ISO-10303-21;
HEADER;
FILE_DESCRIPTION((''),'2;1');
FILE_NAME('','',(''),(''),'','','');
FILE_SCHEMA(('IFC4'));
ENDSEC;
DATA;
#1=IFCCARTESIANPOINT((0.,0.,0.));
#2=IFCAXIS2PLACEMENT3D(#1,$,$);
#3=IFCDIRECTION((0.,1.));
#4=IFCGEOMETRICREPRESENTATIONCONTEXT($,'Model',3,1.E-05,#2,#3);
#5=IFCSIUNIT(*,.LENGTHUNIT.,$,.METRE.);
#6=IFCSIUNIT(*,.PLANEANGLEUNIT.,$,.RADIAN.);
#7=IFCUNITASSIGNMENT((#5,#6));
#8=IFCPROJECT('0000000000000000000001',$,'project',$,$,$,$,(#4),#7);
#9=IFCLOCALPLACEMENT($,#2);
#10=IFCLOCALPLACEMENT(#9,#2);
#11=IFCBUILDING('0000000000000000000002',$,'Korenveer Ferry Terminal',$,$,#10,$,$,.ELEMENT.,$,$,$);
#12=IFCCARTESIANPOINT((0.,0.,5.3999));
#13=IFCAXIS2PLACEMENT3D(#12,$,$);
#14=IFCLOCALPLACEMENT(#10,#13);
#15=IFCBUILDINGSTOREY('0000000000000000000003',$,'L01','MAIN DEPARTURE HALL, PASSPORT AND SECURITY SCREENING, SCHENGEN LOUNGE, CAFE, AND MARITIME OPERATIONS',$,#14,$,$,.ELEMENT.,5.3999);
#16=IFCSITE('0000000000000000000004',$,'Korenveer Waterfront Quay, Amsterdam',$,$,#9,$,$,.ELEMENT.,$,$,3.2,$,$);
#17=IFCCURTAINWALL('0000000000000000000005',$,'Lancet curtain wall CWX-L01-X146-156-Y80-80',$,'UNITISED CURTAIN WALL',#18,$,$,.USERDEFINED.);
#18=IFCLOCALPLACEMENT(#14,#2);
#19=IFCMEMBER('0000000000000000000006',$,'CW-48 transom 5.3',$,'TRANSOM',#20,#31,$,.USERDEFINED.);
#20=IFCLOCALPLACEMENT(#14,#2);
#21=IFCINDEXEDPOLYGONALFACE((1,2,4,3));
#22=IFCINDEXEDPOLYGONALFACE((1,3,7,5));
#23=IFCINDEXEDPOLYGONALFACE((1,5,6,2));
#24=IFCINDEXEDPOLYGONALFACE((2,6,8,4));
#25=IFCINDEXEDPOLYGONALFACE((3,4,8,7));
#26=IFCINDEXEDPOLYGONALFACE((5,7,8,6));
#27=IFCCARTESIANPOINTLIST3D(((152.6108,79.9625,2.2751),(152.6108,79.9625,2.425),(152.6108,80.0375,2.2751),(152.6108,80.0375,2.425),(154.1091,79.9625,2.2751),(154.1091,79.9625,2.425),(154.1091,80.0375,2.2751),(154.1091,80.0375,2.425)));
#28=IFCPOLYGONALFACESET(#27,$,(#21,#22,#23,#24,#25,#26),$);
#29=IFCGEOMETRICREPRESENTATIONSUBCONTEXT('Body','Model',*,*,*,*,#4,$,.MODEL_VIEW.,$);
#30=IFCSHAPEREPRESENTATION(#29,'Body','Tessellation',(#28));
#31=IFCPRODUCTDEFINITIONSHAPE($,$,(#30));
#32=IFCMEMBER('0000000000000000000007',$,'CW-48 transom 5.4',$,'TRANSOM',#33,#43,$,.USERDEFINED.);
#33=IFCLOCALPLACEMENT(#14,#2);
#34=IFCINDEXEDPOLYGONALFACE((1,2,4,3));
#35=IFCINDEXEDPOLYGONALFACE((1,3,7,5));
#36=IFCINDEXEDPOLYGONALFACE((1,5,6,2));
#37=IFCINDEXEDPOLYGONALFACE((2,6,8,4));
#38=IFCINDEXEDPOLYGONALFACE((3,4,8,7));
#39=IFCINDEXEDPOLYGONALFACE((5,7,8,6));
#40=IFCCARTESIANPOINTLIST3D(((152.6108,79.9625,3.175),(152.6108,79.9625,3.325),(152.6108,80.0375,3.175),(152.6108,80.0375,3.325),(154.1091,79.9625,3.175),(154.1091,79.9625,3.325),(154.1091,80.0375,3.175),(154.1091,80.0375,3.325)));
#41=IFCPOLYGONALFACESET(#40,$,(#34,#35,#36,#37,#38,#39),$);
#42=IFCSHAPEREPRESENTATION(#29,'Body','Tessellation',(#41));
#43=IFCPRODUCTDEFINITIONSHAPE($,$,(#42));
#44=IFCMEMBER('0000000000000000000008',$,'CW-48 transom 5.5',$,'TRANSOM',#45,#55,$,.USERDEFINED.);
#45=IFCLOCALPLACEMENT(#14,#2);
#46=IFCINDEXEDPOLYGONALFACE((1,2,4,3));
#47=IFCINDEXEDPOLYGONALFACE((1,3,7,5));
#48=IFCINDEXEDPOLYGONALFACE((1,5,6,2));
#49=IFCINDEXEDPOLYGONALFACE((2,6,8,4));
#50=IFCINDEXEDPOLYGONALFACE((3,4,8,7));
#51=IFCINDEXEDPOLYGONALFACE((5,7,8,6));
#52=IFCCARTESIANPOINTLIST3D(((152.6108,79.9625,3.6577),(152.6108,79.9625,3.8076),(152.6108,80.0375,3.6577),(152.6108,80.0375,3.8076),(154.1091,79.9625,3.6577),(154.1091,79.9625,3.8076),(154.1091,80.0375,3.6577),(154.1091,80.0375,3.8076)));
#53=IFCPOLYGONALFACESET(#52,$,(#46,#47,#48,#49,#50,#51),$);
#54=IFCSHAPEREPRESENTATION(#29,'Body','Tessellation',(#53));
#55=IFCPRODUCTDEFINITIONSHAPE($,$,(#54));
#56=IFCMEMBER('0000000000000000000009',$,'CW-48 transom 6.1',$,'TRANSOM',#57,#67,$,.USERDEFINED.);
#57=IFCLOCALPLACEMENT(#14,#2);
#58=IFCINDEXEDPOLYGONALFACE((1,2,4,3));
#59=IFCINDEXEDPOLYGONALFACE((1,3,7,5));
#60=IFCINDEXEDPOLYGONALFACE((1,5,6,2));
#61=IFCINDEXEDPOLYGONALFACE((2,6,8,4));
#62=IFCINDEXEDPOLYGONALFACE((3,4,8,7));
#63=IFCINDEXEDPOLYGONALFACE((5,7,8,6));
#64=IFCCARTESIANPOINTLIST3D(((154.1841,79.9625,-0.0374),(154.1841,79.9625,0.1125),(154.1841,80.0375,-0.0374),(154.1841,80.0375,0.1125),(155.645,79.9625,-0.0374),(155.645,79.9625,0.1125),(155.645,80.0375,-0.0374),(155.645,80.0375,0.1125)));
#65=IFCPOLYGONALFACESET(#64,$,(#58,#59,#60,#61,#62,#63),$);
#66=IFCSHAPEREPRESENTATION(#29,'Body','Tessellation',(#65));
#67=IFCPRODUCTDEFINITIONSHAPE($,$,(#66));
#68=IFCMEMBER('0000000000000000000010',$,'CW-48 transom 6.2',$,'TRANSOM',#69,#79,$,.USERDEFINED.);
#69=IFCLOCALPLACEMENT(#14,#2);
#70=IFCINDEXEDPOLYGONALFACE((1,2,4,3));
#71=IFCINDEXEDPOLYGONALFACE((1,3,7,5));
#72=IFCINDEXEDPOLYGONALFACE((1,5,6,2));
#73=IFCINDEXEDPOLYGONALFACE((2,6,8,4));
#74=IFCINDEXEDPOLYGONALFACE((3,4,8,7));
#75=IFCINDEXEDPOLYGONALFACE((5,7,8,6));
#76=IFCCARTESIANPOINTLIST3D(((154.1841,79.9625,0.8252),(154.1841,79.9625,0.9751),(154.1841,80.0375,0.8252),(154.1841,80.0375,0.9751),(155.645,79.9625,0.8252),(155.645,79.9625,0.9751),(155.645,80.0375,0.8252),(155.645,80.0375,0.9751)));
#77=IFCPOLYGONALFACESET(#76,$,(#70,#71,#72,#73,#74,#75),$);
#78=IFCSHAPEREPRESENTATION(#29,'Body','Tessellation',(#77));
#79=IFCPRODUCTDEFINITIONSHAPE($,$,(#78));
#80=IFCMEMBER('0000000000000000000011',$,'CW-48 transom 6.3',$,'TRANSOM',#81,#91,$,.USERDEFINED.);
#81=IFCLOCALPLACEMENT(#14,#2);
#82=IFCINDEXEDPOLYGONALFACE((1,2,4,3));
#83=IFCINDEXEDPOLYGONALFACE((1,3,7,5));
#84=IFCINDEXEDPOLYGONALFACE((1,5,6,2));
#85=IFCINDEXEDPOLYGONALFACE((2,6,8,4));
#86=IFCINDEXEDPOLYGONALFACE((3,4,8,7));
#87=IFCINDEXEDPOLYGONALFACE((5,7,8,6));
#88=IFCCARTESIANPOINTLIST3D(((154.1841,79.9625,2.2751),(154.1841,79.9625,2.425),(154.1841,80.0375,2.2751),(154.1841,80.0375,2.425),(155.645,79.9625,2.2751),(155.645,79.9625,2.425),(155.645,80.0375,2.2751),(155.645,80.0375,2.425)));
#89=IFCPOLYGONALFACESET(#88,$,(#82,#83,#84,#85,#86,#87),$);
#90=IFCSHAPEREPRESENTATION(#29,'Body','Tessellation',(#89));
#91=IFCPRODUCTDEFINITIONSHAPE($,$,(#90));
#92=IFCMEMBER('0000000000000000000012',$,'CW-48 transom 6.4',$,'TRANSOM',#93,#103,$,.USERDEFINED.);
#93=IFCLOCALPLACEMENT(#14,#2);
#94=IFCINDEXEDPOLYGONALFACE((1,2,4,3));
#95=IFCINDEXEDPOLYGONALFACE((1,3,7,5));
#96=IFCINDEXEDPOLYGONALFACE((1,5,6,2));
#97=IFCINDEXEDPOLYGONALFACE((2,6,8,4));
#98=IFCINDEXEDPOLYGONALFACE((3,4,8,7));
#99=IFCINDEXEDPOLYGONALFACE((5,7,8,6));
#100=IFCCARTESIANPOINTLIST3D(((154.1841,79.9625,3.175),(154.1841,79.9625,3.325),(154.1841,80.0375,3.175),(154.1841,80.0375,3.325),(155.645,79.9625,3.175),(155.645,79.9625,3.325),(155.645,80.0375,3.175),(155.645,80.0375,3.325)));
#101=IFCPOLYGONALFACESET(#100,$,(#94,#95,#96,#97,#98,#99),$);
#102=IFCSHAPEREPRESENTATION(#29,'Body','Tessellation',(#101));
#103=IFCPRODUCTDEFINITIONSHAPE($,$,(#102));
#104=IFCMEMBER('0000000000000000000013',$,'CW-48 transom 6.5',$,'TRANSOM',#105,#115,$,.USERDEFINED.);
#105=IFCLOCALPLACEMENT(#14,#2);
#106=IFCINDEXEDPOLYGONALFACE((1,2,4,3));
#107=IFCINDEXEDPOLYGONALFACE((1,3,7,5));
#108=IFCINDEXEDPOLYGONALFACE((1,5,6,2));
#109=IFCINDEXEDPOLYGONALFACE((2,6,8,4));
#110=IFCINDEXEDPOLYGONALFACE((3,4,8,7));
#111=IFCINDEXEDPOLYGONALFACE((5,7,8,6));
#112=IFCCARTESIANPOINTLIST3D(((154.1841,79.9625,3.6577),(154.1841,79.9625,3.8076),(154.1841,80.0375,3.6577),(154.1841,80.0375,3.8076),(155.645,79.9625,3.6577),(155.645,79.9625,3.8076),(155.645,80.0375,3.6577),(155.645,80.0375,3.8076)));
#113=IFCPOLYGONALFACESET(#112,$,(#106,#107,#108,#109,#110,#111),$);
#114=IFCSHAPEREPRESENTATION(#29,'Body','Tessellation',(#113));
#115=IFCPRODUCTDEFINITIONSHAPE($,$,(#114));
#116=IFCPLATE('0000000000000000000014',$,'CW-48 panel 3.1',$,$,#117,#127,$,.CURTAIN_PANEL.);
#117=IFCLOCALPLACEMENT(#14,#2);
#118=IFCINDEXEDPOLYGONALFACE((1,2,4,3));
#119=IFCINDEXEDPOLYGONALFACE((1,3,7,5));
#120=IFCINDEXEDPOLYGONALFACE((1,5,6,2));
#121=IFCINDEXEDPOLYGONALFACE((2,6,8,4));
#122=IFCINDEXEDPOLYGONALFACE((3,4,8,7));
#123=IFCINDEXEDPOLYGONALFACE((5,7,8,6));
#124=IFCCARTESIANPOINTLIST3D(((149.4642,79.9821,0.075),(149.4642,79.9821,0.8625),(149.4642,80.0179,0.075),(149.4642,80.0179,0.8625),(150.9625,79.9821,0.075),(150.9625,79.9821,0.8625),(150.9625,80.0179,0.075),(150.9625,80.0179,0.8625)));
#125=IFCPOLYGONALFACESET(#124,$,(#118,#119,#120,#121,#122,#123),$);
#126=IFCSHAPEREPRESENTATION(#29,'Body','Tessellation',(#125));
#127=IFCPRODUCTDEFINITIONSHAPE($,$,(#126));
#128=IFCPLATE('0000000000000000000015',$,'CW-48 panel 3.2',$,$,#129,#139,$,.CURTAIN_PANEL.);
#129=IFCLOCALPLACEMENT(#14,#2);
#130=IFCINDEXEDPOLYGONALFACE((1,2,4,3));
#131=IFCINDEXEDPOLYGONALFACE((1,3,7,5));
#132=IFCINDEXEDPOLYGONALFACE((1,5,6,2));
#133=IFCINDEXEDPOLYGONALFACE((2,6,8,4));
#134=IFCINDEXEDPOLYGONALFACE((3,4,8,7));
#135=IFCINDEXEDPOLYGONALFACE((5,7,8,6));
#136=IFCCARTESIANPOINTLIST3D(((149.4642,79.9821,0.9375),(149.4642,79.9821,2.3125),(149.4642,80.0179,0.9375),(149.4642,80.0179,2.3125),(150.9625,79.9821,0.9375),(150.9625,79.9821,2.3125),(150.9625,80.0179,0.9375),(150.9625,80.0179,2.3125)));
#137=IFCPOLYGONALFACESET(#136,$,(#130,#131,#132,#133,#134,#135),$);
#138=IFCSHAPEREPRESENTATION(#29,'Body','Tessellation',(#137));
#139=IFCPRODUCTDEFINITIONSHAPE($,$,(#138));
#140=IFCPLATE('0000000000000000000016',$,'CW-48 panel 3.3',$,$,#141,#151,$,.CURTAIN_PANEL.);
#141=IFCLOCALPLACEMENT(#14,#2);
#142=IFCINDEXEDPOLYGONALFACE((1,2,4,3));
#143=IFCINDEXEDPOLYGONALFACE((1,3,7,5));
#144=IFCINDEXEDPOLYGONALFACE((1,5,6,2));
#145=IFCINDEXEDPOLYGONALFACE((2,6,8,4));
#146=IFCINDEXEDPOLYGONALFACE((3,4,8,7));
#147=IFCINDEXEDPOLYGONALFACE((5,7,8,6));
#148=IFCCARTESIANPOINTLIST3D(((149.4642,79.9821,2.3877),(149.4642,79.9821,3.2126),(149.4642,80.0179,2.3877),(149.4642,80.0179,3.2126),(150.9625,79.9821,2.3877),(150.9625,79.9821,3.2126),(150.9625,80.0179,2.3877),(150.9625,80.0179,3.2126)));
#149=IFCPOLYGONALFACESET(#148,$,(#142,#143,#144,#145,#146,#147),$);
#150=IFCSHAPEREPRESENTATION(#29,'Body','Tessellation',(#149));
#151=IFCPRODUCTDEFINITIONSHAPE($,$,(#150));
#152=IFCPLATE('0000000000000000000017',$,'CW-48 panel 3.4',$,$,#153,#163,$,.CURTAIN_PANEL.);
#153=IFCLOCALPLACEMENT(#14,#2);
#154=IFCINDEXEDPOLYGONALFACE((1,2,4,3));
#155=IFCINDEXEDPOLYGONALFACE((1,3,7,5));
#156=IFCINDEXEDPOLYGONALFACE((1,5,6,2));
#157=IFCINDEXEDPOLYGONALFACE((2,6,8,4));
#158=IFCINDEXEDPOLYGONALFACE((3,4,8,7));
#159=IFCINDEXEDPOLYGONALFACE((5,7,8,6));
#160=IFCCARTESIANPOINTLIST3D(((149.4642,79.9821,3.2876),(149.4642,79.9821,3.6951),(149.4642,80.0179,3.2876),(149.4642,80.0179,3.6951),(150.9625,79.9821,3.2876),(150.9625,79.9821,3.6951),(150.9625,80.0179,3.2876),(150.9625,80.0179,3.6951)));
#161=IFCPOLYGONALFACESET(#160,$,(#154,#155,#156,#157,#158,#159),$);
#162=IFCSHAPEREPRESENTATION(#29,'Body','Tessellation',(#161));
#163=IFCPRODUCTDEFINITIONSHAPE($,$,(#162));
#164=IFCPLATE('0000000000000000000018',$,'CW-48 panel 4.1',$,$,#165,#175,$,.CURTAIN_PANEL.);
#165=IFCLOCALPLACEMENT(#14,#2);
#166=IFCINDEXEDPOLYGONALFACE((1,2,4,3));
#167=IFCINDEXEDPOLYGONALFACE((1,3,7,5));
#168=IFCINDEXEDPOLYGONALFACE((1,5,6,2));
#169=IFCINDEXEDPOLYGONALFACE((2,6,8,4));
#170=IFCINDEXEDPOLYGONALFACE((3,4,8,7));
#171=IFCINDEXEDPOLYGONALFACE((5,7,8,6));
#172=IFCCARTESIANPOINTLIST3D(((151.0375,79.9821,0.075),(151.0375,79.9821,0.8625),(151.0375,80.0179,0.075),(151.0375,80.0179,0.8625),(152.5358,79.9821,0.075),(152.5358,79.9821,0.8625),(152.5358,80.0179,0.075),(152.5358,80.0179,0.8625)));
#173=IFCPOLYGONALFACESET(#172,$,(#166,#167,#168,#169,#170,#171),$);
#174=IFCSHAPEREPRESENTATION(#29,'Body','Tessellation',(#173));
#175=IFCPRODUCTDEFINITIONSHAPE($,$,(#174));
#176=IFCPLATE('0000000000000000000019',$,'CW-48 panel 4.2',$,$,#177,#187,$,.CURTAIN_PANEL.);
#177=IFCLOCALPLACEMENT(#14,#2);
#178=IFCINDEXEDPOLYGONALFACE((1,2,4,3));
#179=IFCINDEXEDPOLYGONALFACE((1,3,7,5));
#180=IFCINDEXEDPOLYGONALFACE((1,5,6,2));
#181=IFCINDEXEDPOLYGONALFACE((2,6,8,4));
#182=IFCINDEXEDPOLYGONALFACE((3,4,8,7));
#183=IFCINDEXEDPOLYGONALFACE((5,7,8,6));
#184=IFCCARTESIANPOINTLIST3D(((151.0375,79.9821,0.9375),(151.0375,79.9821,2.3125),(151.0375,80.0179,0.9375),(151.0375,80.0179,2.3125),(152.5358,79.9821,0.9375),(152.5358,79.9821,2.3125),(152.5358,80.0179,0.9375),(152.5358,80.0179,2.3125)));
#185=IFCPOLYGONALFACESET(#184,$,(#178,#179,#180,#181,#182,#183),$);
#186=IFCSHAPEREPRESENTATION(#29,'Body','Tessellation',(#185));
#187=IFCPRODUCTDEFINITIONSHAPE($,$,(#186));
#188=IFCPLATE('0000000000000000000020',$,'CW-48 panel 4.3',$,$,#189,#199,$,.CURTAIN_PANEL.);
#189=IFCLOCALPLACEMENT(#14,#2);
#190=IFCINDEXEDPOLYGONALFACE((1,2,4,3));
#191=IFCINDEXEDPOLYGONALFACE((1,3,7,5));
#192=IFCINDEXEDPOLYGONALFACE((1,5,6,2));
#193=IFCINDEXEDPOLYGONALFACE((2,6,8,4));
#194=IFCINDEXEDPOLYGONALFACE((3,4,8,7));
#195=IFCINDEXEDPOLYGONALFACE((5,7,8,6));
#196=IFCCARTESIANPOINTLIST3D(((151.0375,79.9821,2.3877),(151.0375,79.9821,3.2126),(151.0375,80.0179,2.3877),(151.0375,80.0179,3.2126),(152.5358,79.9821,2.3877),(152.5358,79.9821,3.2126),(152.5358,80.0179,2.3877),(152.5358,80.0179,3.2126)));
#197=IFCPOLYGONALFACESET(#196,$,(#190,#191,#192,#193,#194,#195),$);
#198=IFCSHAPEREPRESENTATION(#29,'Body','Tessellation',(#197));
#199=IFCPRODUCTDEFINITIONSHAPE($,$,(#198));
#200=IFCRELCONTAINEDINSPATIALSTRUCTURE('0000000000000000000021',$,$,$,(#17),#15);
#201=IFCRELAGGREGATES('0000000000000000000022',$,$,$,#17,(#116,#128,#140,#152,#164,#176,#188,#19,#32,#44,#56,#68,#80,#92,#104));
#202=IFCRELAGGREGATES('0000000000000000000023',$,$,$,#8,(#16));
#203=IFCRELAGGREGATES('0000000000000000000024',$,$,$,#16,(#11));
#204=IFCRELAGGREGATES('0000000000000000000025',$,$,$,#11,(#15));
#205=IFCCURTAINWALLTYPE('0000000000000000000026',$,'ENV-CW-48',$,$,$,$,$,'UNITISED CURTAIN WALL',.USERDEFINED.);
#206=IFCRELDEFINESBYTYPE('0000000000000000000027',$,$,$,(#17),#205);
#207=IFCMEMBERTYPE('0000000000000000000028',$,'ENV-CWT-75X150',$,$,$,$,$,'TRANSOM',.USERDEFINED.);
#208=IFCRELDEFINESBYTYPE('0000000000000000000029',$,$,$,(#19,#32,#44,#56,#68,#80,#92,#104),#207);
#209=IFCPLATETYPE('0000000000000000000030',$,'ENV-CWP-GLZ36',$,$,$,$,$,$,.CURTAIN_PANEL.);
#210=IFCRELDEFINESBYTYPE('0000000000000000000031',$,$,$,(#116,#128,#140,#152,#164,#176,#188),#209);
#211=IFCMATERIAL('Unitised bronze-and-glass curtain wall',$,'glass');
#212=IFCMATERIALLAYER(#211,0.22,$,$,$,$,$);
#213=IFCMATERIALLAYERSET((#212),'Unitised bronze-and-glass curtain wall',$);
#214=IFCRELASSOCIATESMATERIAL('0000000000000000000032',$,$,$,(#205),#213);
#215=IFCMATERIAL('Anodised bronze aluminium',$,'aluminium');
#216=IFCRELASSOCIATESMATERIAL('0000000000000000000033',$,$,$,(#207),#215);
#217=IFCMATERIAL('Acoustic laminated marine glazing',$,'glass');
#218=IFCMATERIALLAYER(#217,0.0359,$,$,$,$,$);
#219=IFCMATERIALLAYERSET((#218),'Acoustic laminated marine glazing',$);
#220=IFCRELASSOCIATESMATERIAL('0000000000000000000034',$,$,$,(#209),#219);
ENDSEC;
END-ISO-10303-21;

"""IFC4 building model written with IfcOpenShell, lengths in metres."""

from ifc_helpers import new_model, si_unit, direction, frame, origin, origin_2d, place, context, subcontext, project, spatial, rectangle, extrude, material, layer, layer_set, material_profile, profile_set, type_object, element, aggregate, save


model = new_model("IFC4")

# Units and contexts
model_context = context("Model", 3, precision=1e-05, world=origin(), true_north=direction((0.0, 1.0)))
body_context = subcontext(model_context, "Body", "Model", "MODEL_VIEW")
ifc_project = project(units=[si_unit("LENGTHUNIT", "METRE"), si_unit("PLANEANGLEUNIT", "RADIAN")], contexts=[model_context])

# Site, building, storey
site_placement = place(None, origin())
site = spatial("IfcSite", under=ifc_project, at=site_placement, Name="Korenveer Waterfront Quay, Amsterdam", CompositionType="ELEMENT", RefElevation=3.2)
building_placement = place(site_placement, origin())
building = spatial("IfcBuilding", under=site, at=building_placement, Name="Korenveer Ferry Terminal", CompositionType="ELEMENT")
storey_placement = place(building_placement, frame((0.0, 0.0, 5.3999)))
storey = spatial("IfcBuildingStorey", under=building, at=storey_placement, Name="L01", Description="MAIN DEPARTURE HALL, PASSPORT AND SECURITY SCREENING, SCHENGEN LOUNGE, CAFE, AND MARITIME OPERATIONS", CompositionType="ELEMENT", Elevation=5.3999)

# Curtain wall, members, plates
ifc_material_1 = material(Name="Unitised bronze-and-glass curtain wall", Category="glass")
ifc_layer_1 = layer(ifc_material_1, 0.22)
ifc_layer_set_1 = layer_set([ifc_layer_1], Name="Unitised bronze-and-glass curtain wall")
curtain_wall_type = type_object("IfcCurtainWallType", Name="ENV-CW-48", ElementType="UNITISED CURTAIN WALL", PredefinedType="USERDEFINED", material=ifc_layer_set_1)
curtain_wall_placement = place(storey_placement, frame((146.28, 80.0, 0.0)))
curtain_wall = element("IfcCurtainWall", 1, at=curtain_wall_placement, inside=storey, type_object=curtain_wall_type, Name="Lancet curtain wall CWX-L01-X146-156-Y80-80", ObjectType="UNITISED CURTAIN WALL", PredefinedType="USERDEFINED")
ifc_material_2 = material(Name="Anodised bronze aluminium", Category="aluminium")
ifc_material_profile_1 = material_profile(ifc_material_2, rectangle(XDim=0.075, YDim=0.1499, at=origin_2d()), Name="ALU 75x150")
ifc_profile_set_1 = profile_set([ifc_material_profile_1], Name="Anodised bronze aluminium")
member_type_1 = type_object("IfcMemberType", Name="ENV-CWT-75X150", ElementType="TRANSOM", PredefinedType="USERDEFINED", material=ifc_profile_set_1)
member_1_placement = place(storey_placement, frame((152.6108, 80.0, 2.3501), z_axis=(1.0, 0.0, 0.0), x_axis=(0.0, 1.0, 0.0)))
member_1 = element("IfcMember", 2, at=member_1_placement, type_object=member_type_1, Name="CW-48 transom 5.3", ObjectType="TRANSOM", PredefinedType="USERDEFINED", context=body_context, shape_type="SweptSolid", body=[
    extrude(rectangle(XDim=0.075, YDim=0.1499, at=origin_2d()), origin(), (0.0, 0.0, 1.0), 1.4983),
])
member_2_placement = place(storey_placement, frame((152.6108, 80.0, 3.25), z_axis=(1.0, 0.0, 0.0), x_axis=(0.0, 1.0, 0.0)))
member_2 = element("IfcMember", 3, at=member_2_placement, type_object=member_type_1, Name="CW-48 transom 5.4", ObjectType="TRANSOM", PredefinedType="USERDEFINED", context=body_context, shape_type="SweptSolid", body=[
    extrude(rectangle(XDim=0.075, YDim=0.1499, at=origin_2d()), origin(), (0.0, 0.0, 1.0), 1.4983),
])
member_3_placement = place(storey_placement, frame((152.6108, 80.0, 3.7327), z_axis=(1.0, 0.0, 0.0), x_axis=(0.0, 1.0, 0.0)))
member_3 = element("IfcMember", 4, at=member_3_placement, type_object=member_type_1, Name="CW-48 transom 5.5", ObjectType="TRANSOM", PredefinedType="USERDEFINED", context=body_context, shape_type="SweptSolid", body=[
    extrude(rectangle(XDim=0.075, YDim=0.1499, at=origin_2d()), origin(), (0.0, 0.0, 1.0), 1.4983),
])
member_4_placement = place(storey_placement, frame((154.1841, 80.0, 0.0376), z_axis=(1.0, 0.0, 0.0), x_axis=(0.0, 1.0, 0.0)))
member_4 = element("IfcMember", 5, at=member_4_placement, type_object=member_type_1, Name="CW-48 transom 6.1", ObjectType="TRANSOM", PredefinedType="USERDEFINED", context=body_context, shape_type="SweptSolid", body=[
    extrude(rectangle(XDim=0.075, YDim=0.1499, at=origin_2d()), origin(), (0.0, 0.0, 1.0), 1.4609),
])
member_5_placement = place(storey_placement, frame((154.1841, 80.0, 0.9001), z_axis=(1.0, 0.0, 0.0), x_axis=(0.0, 1.0, 0.0)))
member_5 = element("IfcMember", 6, at=member_5_placement, type_object=member_type_1, Name="CW-48 transom 6.2", ObjectType="TRANSOM", PredefinedType="USERDEFINED", context=body_context, shape_type="SweptSolid", body=[
    extrude(rectangle(XDim=0.075, YDim=0.1499, at=origin_2d()), origin(), (0.0, 0.0, 1.0), 1.4609),
])
member_6_placement = place(storey_placement, frame((154.1841, 80.0, 2.3501), z_axis=(1.0, 0.0, 0.0), x_axis=(0.0, 1.0, 0.0)))
member_6 = element("IfcMember", 7, at=member_6_placement, type_object=member_type_1, Name="CW-48 transom 6.3", ObjectType="TRANSOM", PredefinedType="USERDEFINED", context=body_context, shape_type="SweptSolid", body=[
    extrude(rectangle(XDim=0.075, YDim=0.1499, at=origin_2d()), origin(), (0.0, 0.0, 1.0), 1.4609),
])
member_7_placement = place(storey_placement, frame((154.1841, 80.0, 3.25), z_axis=(1.0, 0.0, 0.0), x_axis=(0.0, 1.0, 0.0)))
member_7 = element("IfcMember", 8, at=member_7_placement, type_object=member_type_1, Name="CW-48 transom 6.4", ObjectType="TRANSOM", PredefinedType="USERDEFINED", context=body_context, shape_type="SweptSolid", body=[
    extrude(rectangle(XDim=0.075, YDim=0.1499, at=origin_2d()), origin(), (0.0, 0.0, 1.0), 1.4609),
])
member_8_placement = place(storey_placement, frame((154.1841, 80.0, 3.7327), z_axis=(1.0, 0.0, 0.0), x_axis=(0.0, 1.0, 0.0)))
member_8 = element("IfcMember", 9, at=member_8_placement, type_object=member_type_1, Name="CW-48 transom 6.5", ObjectType="TRANSOM", PredefinedType="USERDEFINED", context=body_context, shape_type="SweptSolid", body=[
    extrude(rectangle(XDim=0.075, YDim=0.1499, at=origin_2d()), origin(), (0.0, 0.0, 1.0), 1.4609),
])
ifc_material_3 = material(Name="Acoustic laminated marine glazing", Category="glass")
ifc_layer_2 = layer(ifc_material_3, 0.0359)
ifc_layer_set_2 = layer_set([ifc_layer_2], Name="Acoustic laminated marine glazing")
plate_type = type_object("IfcPlateType", Name="ENV-CWP-GLZ36", PredefinedType="CURTAIN_PANEL", material=ifc_layer_set_2)
plate_1_placement = place(storey_placement, frame((150.2134, 80.0, 0.075), z_axis=(0.0, 0.0, 1.0), x_axis=(1.0, 0.0, 0.0)))
plate_1 = element("IfcPlate", 10, at=plate_1_placement, type_object=plate_type, Name="CW-48 panel 3.1", PredefinedType="CURTAIN_PANEL", context=body_context, shape_type="SweptSolid", body=[
    extrude(rectangle(XDim=1.4983, YDim=0.0359, at=origin_2d()), origin(), (0.0, 0.0, 1.0), 0.7876),
])
plate_2_placement = place(storey_placement, frame((150.2134, 80.0, 0.9375), z_axis=(0.0, 0.0, 1.0), x_axis=(1.0, 0.0, 0.0)))
plate_2 = element("IfcPlate", 11, at=plate_2_placement, type_object=plate_type, Name="CW-48 panel 3.2", PredefinedType="CURTAIN_PANEL", context=body_context, shape_type="SweptSolid", body=[
    extrude(rectangle(XDim=1.4983, YDim=0.0359, at=origin_2d()), origin(), (0.0, 0.0, 1.0), 1.375),
])
plate_3_placement = place(storey_placement, frame((150.2134, 80.0, 2.3877), z_axis=(0.0, 0.0, 1.0), x_axis=(1.0, 0.0, 0.0)))
plate_3 = element("IfcPlate", 12, at=plate_3_placement, type_object=plate_type, Name="CW-48 panel 3.3", PredefinedType="CURTAIN_PANEL", context=body_context, shape_type="SweptSolid", body=[
    extrude(rectangle(XDim=1.4983, YDim=0.0359, at=origin_2d()), origin(), (0.0, 0.0, 1.0), 0.825),
])
plate_4_placement = place(storey_placement, frame((150.2134, 80.0, 3.2876), z_axis=(0.0, 0.0, 1.0), x_axis=(1.0, 0.0, 0.0)))
plate_4 = element("IfcPlate", 13, at=plate_4_placement, type_object=plate_type, Name="CW-48 panel 3.4", PredefinedType="CURTAIN_PANEL", context=body_context, shape_type="SweptSolid", body=[
    extrude(rectangle(XDim=1.4983, YDim=0.0359, at=origin_2d()), origin(), (0.0, 0.0, 1.0), 0.4075),
])
plate_5_placement = place(storey_placement, frame((151.7866, 80.0, 0.075), z_axis=(0.0, 0.0, 1.0), x_axis=(1.0, 0.0, 0.0)))
plate_5 = element("IfcPlate", 14, at=plate_5_placement, type_object=plate_type, Name="CW-48 panel 4.1", PredefinedType="CURTAIN_PANEL", context=body_context, shape_type="SweptSolid", body=[
    extrude(rectangle(XDim=1.4983, YDim=0.0359, at=origin_2d()), origin(), (0.0, 0.0, 1.0), 0.7876),
])
plate_6_placement = place(storey_placement, frame((151.7866, 80.0, 0.9375), z_axis=(0.0, 0.0, 1.0), x_axis=(1.0, 0.0, 0.0)))
plate_6 = element("IfcPlate", 15, at=plate_6_placement, type_object=plate_type, Name="CW-48 panel 4.2", PredefinedType="CURTAIN_PANEL", context=body_context, shape_type="SweptSolid", body=[
    extrude(rectangle(XDim=1.4983, YDim=0.0359, at=origin_2d()), origin(), (0.0, 0.0, 1.0), 1.375),
])
plate_7_placement = place(storey_placement, frame((151.7866, 80.0, 2.3877), z_axis=(0.0, 0.0, 1.0), x_axis=(1.0, 0.0, 0.0)))
plate_7 = element("IfcPlate", 16, at=plate_7_placement, type_object=plate_type, Name="CW-48 panel 4.3", PredefinedType="CURTAIN_PANEL", context=body_context, shape_type="SweptSolid", body=[
    extrude(rectangle(XDim=1.4983, YDim=0.0359, at=origin_2d()), origin(), (0.0, 0.0, 1.0), 0.825),
])
aggregate(curtain_wall, [plate_1, plate_2, plate_3, plate_4, plate_5, plate_6, plate_7, member_1, member_2, member_3, member_4, member_5, member_6, member_7, member_8])

save(model, "model.ifc")
